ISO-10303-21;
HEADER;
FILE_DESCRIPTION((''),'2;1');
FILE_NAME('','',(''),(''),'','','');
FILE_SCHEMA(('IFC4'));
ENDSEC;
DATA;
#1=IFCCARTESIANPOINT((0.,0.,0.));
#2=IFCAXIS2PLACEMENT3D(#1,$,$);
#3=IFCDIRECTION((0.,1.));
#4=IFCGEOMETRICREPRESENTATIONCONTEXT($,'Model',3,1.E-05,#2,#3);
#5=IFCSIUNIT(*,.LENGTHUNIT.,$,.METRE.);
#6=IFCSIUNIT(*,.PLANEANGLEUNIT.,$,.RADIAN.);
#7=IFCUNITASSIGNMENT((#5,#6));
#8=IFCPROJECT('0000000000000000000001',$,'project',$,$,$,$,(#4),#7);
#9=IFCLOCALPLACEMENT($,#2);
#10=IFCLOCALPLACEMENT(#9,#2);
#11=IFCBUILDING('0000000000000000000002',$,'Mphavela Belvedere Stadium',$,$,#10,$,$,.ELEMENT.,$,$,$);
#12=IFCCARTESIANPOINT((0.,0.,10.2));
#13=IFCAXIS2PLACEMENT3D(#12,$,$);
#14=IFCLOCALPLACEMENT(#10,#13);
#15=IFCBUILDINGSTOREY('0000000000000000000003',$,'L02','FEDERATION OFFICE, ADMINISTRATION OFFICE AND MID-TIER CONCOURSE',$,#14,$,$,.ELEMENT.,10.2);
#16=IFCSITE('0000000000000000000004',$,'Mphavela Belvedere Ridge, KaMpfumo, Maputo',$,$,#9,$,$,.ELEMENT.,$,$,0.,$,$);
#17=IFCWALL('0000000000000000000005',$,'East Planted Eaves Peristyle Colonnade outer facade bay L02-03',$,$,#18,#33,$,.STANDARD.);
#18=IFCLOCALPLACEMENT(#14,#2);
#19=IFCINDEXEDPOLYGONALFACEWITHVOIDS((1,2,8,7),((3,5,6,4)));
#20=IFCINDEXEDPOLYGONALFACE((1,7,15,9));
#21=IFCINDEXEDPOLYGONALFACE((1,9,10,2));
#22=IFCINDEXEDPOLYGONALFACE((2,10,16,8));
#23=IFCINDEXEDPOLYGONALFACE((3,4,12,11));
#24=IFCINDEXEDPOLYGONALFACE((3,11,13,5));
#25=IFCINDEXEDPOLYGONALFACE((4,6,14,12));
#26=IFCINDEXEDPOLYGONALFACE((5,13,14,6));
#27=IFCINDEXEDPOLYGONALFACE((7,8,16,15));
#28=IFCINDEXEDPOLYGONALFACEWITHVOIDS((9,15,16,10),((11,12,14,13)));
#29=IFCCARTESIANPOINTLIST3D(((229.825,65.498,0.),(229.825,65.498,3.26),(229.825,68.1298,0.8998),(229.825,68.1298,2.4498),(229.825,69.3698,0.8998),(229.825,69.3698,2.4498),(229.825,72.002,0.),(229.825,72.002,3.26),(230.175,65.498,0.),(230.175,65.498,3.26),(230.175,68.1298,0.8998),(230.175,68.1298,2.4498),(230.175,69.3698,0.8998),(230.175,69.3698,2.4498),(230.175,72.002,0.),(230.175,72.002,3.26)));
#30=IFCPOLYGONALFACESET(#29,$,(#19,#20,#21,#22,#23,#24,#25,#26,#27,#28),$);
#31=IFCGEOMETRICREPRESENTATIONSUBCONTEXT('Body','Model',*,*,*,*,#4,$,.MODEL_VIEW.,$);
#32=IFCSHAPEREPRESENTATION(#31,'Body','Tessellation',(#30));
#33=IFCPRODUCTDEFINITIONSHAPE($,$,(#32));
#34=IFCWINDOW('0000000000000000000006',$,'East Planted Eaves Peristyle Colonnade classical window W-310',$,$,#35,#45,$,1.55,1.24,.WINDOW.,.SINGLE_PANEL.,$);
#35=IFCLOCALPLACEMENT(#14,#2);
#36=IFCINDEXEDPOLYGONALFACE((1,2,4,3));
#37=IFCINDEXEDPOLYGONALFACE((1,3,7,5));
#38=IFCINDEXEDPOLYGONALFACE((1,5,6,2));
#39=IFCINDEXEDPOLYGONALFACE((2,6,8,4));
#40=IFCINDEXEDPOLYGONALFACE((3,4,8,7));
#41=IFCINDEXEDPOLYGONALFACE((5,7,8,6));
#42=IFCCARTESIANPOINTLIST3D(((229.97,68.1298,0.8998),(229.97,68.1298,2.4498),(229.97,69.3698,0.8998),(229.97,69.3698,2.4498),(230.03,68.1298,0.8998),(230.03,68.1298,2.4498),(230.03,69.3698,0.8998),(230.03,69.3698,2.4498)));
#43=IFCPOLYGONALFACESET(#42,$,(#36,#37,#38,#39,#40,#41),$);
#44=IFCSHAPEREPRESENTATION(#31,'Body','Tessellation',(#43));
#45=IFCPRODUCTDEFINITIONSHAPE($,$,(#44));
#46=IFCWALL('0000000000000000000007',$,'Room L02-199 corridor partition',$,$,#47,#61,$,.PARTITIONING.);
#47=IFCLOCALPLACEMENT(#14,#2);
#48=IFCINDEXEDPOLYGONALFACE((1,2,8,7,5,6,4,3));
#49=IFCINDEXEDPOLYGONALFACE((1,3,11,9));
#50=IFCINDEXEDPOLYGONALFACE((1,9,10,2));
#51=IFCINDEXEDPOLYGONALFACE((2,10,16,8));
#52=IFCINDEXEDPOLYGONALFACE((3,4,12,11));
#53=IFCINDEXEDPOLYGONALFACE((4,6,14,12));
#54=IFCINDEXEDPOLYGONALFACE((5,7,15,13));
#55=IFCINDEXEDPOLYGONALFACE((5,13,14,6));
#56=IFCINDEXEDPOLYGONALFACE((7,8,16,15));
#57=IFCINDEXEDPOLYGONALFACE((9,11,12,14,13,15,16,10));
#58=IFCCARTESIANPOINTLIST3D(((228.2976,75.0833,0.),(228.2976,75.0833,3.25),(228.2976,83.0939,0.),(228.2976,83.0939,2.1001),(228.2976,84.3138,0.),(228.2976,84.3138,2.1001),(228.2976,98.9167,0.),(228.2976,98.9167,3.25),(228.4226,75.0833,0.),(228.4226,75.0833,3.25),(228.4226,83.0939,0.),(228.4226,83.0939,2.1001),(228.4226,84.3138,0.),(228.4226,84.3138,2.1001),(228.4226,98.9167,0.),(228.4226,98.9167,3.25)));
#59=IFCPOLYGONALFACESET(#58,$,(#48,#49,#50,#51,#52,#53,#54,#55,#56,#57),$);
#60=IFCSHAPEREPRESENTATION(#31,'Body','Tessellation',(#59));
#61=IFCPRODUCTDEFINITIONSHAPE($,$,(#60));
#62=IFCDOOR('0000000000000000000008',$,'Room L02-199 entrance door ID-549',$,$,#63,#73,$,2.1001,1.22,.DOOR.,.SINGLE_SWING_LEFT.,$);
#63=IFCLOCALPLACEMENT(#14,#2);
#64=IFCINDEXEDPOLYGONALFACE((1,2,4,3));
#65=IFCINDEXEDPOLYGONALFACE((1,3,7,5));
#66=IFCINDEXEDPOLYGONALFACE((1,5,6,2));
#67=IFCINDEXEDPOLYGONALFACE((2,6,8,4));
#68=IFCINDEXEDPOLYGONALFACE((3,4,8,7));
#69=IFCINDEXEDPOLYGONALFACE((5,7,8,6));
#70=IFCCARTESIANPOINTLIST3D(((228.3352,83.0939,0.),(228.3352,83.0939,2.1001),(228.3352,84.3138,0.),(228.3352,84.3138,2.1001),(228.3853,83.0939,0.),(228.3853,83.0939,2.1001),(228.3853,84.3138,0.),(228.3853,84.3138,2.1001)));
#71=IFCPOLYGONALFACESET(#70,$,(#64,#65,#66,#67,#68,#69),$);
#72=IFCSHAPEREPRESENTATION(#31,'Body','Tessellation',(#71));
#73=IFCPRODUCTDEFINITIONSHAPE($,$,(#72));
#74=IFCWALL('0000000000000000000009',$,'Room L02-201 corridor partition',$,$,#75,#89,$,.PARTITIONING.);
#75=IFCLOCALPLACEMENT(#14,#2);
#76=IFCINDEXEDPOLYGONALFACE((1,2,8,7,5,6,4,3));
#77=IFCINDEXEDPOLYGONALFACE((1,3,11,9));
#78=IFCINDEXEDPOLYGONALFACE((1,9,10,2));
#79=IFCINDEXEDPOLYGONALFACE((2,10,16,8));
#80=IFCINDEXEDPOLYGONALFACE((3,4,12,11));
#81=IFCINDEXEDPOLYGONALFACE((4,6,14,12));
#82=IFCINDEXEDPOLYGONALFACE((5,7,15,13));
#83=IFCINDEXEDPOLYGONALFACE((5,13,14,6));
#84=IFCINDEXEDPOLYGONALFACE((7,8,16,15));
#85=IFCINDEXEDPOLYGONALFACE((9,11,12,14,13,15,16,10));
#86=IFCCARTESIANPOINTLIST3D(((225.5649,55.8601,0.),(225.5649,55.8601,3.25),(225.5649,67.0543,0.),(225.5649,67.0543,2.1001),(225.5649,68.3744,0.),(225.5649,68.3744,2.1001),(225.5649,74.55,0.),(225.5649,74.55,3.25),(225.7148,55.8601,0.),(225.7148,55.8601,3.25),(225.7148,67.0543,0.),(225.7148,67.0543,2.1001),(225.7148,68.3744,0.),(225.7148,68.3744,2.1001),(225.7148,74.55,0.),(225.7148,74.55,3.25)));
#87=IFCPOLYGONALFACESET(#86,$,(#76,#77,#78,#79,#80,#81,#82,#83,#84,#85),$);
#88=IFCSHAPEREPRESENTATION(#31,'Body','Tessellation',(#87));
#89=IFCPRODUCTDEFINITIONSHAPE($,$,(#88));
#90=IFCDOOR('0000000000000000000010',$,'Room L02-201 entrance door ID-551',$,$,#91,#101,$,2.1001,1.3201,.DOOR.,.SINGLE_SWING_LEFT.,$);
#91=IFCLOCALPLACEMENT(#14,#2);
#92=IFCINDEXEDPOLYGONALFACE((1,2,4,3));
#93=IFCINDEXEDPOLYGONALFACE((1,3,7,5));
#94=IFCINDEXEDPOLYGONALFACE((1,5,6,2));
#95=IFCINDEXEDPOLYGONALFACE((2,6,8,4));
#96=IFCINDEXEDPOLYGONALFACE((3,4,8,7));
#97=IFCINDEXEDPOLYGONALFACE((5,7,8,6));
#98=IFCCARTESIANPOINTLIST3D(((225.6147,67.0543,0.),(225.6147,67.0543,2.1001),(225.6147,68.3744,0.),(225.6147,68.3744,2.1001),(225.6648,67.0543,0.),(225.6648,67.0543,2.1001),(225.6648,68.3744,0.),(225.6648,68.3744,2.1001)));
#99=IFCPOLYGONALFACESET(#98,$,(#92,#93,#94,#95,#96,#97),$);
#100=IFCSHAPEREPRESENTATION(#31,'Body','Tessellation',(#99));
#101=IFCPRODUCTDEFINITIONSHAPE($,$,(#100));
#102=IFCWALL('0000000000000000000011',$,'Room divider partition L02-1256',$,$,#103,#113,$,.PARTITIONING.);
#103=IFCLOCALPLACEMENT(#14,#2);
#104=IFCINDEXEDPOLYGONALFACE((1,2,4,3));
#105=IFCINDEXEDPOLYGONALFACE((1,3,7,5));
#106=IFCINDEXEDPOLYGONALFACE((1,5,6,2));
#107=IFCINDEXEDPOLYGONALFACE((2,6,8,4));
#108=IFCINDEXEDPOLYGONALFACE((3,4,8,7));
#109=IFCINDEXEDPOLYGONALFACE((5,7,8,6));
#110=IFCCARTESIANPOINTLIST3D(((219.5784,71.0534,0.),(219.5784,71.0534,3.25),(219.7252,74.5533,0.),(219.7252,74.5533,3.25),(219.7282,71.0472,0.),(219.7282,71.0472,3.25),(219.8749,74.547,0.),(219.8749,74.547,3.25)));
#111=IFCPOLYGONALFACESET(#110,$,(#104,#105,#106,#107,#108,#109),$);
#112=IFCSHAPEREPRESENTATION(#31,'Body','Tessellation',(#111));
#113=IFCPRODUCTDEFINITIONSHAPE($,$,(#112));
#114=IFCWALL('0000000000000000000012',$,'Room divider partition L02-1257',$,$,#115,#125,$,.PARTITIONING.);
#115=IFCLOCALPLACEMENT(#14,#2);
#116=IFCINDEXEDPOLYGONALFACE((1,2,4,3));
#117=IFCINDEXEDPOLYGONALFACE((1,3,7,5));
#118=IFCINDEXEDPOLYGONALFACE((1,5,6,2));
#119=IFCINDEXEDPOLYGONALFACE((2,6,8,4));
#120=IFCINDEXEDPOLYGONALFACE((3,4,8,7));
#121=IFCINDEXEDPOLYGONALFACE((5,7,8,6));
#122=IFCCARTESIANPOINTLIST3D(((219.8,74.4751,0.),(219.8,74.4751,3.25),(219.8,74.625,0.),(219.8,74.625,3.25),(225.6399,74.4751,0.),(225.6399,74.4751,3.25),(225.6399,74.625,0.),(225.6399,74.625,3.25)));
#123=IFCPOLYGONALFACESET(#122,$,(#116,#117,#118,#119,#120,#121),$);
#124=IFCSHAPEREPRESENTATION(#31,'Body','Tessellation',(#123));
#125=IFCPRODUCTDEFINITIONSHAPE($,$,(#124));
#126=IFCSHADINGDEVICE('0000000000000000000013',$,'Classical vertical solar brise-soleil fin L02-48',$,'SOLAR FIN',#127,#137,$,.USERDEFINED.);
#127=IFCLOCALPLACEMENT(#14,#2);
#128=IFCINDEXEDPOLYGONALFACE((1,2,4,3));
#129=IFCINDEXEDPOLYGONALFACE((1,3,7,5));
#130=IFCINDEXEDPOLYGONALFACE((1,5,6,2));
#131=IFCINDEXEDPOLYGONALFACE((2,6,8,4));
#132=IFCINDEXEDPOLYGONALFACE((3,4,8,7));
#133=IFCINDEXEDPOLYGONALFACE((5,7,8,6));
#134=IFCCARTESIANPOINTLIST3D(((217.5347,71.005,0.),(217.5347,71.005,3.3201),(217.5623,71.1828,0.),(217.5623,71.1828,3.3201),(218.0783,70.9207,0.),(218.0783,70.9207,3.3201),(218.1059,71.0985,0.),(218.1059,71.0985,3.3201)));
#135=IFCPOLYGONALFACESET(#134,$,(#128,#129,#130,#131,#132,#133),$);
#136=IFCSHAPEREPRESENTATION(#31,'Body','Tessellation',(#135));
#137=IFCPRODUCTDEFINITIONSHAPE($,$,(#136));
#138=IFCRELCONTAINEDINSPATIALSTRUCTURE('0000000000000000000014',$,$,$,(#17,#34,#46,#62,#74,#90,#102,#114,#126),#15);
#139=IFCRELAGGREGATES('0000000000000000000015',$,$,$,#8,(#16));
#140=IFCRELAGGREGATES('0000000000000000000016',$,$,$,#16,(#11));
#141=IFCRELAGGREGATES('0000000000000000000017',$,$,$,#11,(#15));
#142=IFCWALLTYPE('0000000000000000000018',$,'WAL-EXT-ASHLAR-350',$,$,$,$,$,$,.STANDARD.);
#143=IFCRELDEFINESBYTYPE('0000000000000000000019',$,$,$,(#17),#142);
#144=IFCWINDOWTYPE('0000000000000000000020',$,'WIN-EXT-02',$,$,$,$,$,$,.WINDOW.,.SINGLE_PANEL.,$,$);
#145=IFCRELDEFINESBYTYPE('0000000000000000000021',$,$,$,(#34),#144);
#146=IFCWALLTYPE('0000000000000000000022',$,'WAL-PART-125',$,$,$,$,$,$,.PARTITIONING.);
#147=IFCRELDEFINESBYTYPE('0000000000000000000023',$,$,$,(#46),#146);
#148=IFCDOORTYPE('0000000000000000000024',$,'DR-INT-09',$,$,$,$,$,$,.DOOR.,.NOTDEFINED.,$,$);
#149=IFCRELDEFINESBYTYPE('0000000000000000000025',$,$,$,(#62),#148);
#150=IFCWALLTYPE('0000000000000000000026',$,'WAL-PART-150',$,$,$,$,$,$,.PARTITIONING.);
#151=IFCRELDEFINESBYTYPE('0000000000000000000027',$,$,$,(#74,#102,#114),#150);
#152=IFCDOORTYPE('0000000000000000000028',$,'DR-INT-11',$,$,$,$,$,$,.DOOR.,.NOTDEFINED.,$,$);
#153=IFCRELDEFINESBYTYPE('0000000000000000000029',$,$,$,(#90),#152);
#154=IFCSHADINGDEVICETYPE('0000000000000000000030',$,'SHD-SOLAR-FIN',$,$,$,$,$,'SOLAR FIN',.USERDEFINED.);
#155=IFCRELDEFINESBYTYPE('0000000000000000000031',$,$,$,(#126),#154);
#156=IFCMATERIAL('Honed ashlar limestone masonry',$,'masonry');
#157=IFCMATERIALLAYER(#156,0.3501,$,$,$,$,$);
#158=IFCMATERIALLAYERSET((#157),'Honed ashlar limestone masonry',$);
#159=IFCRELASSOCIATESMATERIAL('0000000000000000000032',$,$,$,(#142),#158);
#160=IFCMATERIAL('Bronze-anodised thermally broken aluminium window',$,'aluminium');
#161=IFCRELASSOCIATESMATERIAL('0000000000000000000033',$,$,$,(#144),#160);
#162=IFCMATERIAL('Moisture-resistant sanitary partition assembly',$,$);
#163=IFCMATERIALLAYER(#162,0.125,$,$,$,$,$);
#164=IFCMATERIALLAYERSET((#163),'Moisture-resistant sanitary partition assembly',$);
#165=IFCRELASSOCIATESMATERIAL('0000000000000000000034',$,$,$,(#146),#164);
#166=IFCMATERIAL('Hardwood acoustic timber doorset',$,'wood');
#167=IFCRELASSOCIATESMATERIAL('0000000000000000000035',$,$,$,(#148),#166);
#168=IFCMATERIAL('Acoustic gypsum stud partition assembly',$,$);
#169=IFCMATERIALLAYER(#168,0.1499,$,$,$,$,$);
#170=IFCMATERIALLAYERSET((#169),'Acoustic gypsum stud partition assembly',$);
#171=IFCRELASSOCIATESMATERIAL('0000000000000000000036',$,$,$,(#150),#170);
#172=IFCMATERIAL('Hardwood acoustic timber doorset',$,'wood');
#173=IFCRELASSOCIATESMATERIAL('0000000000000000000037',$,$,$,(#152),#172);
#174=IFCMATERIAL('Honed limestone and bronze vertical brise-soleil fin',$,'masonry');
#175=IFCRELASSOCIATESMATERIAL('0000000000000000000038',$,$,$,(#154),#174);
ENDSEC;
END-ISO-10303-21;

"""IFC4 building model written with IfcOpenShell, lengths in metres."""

from ifc_helpers import new_model, si_unit, direction, frame, frame_2d, origin, origin_2d, place, context, subcontext, project, spatial, rectangle, extrude, material, layer, layer_set, type_object, element, fill, save


model = new_model("IFC4")

# Units and contexts
model_context = context("Model", 3, precision=1e-05, world=origin(), true_north=direction((0.0, 1.0)))
body_context = subcontext(model_context, "Body", "Model", "MODEL_VIEW")
ifc_project = project(units=[si_unit("LENGTHUNIT", "METRE"), si_unit("PLANEANGLEUNIT", "RADIAN")], contexts=[model_context])

# Site, building, storey
site_placement = place(None, origin())
site = spatial("IfcSite", under=ifc_project, at=site_placement, Name="Mphavela Belvedere Ridge, KaMpfumo, Maputo", CompositionType="ELEMENT", RefElevation=0.0)
building_placement = place(site_placement, origin())
building = spatial("IfcBuilding", under=site, at=building_placement, Name="Mphavela Belvedere Stadium", CompositionType="ELEMENT")
storey_placement = place(building_placement, frame((0.0, 0.0, 10.2)))
storey = spatial("IfcBuildingStorey", under=building, at=storey_placement, Name="L02", Description="FEDERATION OFFICE, ADMINISTRATION OFFICE AND MID-TIER CONCOURSE", CompositionType="ELEMENT", Elevation=10.2)

# Wall, opening, window
ifc_material_1 = material(Name="Honed ashlar limestone masonry", Category="masonry")
ifc_layer_1 = layer(ifc_material_1, 0.3501)
ifc_layer_set_1 = layer_set([ifc_layer_1], Name="Honed ashlar limestone masonry")
wall_type_1 = type_object("IfcWallType", Name="WAL-EXT-ASHLAR-350", PredefinedType="STANDARD", material=ifc_layer_set_1)
wall_1_placement = place(storey_placement, frame((230.0, 72.002, 0.0), z_axis=(0.0, 0.0, 1.0), x_axis=(0.0, -1.0, 0.0)))
wall_1 = element("IfcWall", 1, at=wall_1_placement, inside=storey, type_object=wall_type_1, Name="East Planted Eaves Peristyle Colonnade outer facade bay L02-03", PredefinedType="STANDARD", context=body_context, shape_type="SweptSolid", body=[
    extrude(rectangle(XDim=6.5039, YDim=0.3501, at=frame_2d((3.252, 0.0))), origin(), (0.0, 0.0, 1.0), 3.26),
])
opening_1_placement = place(wall_1_placement, frame((2.6321, 0.0, 0.8999)))
opening_1 = element("IfcOpeningElement", 2, at=opening_1_placement, cuts=wall_1, PredefinedType="OPENING", context=body_context, shape_type="SweptSolid", body=[
    extrude(rectangle(XDim=1.24, YDim=1.55, at=frame_2d((0.6201, 0.7749))), frame((0.0, 0.1851, 0.0), z_axis=(0.0, -1.0, 0.0), x_axis=(1.0, 0.0, 0.0)), (0.0, 0.0, 1.0), 0.3701),
])
ifc_material_2 = material(Name="Bronze-anodised thermally broken aluminium window", Category="aluminium")
window_type = type_object("IfcWindowType", Name="WIN-EXT-02", PartitioningType="SINGLE_PANEL", PredefinedType="WINDOW", material=ifc_material_2)
window_placement = place(opening_1_placement, origin())
window = element("IfcWindow", 3, at=window_placement, inside=storey, type_object=window_type, Name="East Planted Eaves Peristyle Colonnade classical window W-310", OverallHeight=1.55, OverallWidth=1.24, PartitioningType="SINGLE_PANEL", PredefinedType="WINDOW", context=body_context, shape_type="SweptSolid", body=[
    extrude(rectangle(XDim=1.24, YDim=1.55, at=frame_2d((0.6201, 0.7749))), frame((0.0, 0.03, 0.0), z_axis=(0.0, -1.0, 0.0), x_axis=(1.0, 0.0, 0.0)), (0.0, 0.0, 1.0), 0.0601),
])
fill(opening_1, window)

# Walls, openings, doors
ifc_material_3 = material(Name="Moisture-resistant sanitary partition assembly")
ifc_layer_2 = layer(ifc_material_3, 0.125)
ifc_layer_set_2 = layer_set([ifc_layer_2], Name="Moisture-resistant sanitary partition assembly")
wall_type_2 = type_object("IfcWallType", Name="WAL-PART-125", PredefinedType="PARTITIONING", material=ifc_layer_set_2)
wall_2_placement = place(storey_placement, frame((228.3601, 75.0833, 0.0), z_axis=(0.0, 0.0, 1.0), x_axis=(0.0, 1.0, 0.0)))
wall_2 = element("IfcWall", 4, at=wall_2_placement, inside=storey, type_object=wall_type_2, Name="Room L02-199 corridor partition", PredefinedType="PARTITIONING", context=body_context, shape_type="SweptSolid", body=[
    extrude(rectangle(XDim=23.8335, YDim=0.125, at=frame_2d((11.9167, 0.0))), origin(), (0.0, 0.0, 1.0), 3.25),
])
opening_2_placement = place(wall_2_placement, frame((8.0107, 0.0, 0.0)))
opening_2 = element("IfcOpeningElement", 5, at=opening_2_placement, cuts=wall_2, PredefinedType="OPENING", context=body_context, shape_type="SweptSolid", body=[
    extrude(rectangle(XDim=1.22, YDim=2.1001, at=frame_2d((0.6099, 1.05))), frame((0.0, 0.0725, 0.0), z_axis=(0.0, -1.0, 0.0), x_axis=(1.0, 0.0, 0.0)), (0.0, 0.0, 1.0), 0.145),
])
ifc_material_4 = material(Name="Hardwood acoustic timber doorset", Category="wood")
door_type_1 = type_object("IfcDoorType", Name="DR-INT-09", OperationType="NOTDEFINED", PredefinedType="DOOR", material=ifc_material_4)
door_1_placement = place(opening_2_placement, origin())
door_1 = element("IfcDoor", 6, at=door_1_placement, inside=storey, type_object=door_type_1, Name="Room L02-199 entrance door ID-549", OperationType="SINGLE_SWING_LEFT", OverallHeight=2.1001, OverallWidth=1.22, PredefinedType="DOOR", context=body_context, shape_type="SweptSolid", body=[
    extrude(rectangle(XDim=1.22, YDim=2.1001, at=frame_2d((0.6099, 1.05))), frame((0.0, 0.0249, 0.0), z_axis=(0.0, -1.0, 0.0), x_axis=(1.0, 0.0, 0.0)), (0.0, 0.0, 1.0), 0.05),
])
fill(opening_2, door_1)
ifc_material_5 = material(Name="Acoustic gypsum stud partition assembly")
ifc_layer_3 = layer(ifc_material_5, 0.1499)
ifc_layer_set_3 = layer_set([ifc_layer_3], Name="Acoustic gypsum stud partition assembly")
wall_type_3 = type_object("IfcWallType", Name="WAL-PART-150", PredefinedType="PARTITIONING", material=ifc_layer_set_3)
wall_3_placement = place(storey_placement, frame((225.6399, 74.55, 0.0), z_axis=(0.0, 0.0, 1.0), x_axis=(0.0, -1.0, 0.0)))
wall_3 = element("IfcWall", 7, at=wall_3_placement, inside=storey, type_object=wall_type_3, Name="Room L02-201 corridor partition", PredefinedType="PARTITIONING", context=body_context, shape_type="SweptSolid", body=[
    extrude(rectangle(XDim=18.6899, YDim=0.1499, at=frame_2d((9.345, 0.0))), origin(), (0.0, 0.0, 1.0), 3.25),
])
opening_3_placement = place(wall_3_placement, frame((6.1755, 0.0, 0.0)))
opening_3 = element("IfcOpeningElement", 8, at=opening_3_placement, cuts=wall_3, PredefinedType="OPENING", context=body_context, shape_type="SweptSolid", body=[
    extrude(rectangle(XDim=1.3201, YDim=2.1001, at=frame_2d((0.6602, 1.05))), frame((0.0, 0.085, 0.0), z_axis=(0.0, -1.0, 0.0), x_axis=(1.0, 0.0, 0.0)), (0.0, 0.0, 1.0), 0.1699),
])
ifc_material_6 = material(Name="Hardwood acoustic timber doorset", Category="wood")
door_type_2 = type_object("IfcDoorType", Name="DR-INT-11", OperationType="NOTDEFINED", PredefinedType="DOOR", material=ifc_material_6)
door_2_placement = place(opening_3_placement, origin())
door_2 = element("IfcDoor", 9, at=door_2_placement, inside=storey, type_object=door_type_2, Name="Room L02-201 entrance door ID-551", OperationType="SINGLE_SWING_LEFT", OverallHeight=2.1001, OverallWidth=1.3201, PredefinedType="DOOR", context=body_context, shape_type="SweptSolid", body=[
    extrude(rectangle(XDim=1.3201, YDim=2.1001, at=frame_2d((0.6602, 1.05))), frame((0.0, 0.0249, 0.0), z_axis=(0.0, -1.0, 0.0), x_axis=(1.0, 0.0, 0.0)), (0.0, 0.0, 1.0), 0.05),
])
fill(opening_3, door_2)

# Walls
wall_4_placement = place(storey_placement, frame((219.6533, 71.0503, 0.0), z_axis=(0.0, 0.0, 1.0), x_axis=(0.041889, 0.999122, 0.0)))
element("IfcWall", 10, at=wall_4_placement, inside=storey, type_object=wall_type_3, Name="Room divider partition L02-1256", PredefinedType="PARTITIONING", context=body_context, shape_type="SweptSolid", body=[
    extrude(rectangle(XDim=3.5029, YDim=0.1499, at=frame_2d((1.7515, 0.0))), origin(), (0.0, 0.0, 1.0), 3.25),
])
wall_5_placement = place(storey_placement, frame((219.8, 74.55, 0.0), z_axis=(0.0, 0.0, 1.0), x_axis=(1.0, 0.0, 0.0)))
element("IfcWall", 11, at=wall_5_placement, inside=storey, type_object=wall_type_3, Name="Room divider partition L02-1257", PredefinedType="PARTITIONING", context=body_context, shape_type="SweptSolid", body=[
    extrude(rectangle(XDim=5.8398, YDim=0.1499, at=frame_2d((2.9199, 0.0))), origin(), (0.0, 0.0, 1.0), 3.25),
])

# Shading device
ifc_material_7 = material(Name="Honed limestone and bronze vertical brise-soleil fin", Category="masonry")
shading_device_type = type_object("IfcShadingDeviceType", Name="SHD-SOLAR-FIN", ElementType="SOLAR FIN", PredefinedType="USERDEFINED", material=ifc_material_7)
shading_device_placement = place(storey_placement, frame((217.8203, 71.0518, 0.0), z_axis=(0.0, 0.0, 1.0), x_axis=(0.988175, -0.153331, 0.0)))
element("IfcShadingDevice", 12, at=shading_device_placement, inside=storey, type_object=shading_device_type, Name="Classical vertical solar brise-soleil fin L02-48", ObjectType="SOLAR FIN", PredefinedType="USERDEFINED", context=body_context, shape_type="SweptSolid", body=[
    extrude(rectangle(XDim=0.55, YDim=0.1799, at=origin_2d()), origin(), (0.0, 0.0, 1.0), 3.3201),
])

save(model, "model.ifc")
